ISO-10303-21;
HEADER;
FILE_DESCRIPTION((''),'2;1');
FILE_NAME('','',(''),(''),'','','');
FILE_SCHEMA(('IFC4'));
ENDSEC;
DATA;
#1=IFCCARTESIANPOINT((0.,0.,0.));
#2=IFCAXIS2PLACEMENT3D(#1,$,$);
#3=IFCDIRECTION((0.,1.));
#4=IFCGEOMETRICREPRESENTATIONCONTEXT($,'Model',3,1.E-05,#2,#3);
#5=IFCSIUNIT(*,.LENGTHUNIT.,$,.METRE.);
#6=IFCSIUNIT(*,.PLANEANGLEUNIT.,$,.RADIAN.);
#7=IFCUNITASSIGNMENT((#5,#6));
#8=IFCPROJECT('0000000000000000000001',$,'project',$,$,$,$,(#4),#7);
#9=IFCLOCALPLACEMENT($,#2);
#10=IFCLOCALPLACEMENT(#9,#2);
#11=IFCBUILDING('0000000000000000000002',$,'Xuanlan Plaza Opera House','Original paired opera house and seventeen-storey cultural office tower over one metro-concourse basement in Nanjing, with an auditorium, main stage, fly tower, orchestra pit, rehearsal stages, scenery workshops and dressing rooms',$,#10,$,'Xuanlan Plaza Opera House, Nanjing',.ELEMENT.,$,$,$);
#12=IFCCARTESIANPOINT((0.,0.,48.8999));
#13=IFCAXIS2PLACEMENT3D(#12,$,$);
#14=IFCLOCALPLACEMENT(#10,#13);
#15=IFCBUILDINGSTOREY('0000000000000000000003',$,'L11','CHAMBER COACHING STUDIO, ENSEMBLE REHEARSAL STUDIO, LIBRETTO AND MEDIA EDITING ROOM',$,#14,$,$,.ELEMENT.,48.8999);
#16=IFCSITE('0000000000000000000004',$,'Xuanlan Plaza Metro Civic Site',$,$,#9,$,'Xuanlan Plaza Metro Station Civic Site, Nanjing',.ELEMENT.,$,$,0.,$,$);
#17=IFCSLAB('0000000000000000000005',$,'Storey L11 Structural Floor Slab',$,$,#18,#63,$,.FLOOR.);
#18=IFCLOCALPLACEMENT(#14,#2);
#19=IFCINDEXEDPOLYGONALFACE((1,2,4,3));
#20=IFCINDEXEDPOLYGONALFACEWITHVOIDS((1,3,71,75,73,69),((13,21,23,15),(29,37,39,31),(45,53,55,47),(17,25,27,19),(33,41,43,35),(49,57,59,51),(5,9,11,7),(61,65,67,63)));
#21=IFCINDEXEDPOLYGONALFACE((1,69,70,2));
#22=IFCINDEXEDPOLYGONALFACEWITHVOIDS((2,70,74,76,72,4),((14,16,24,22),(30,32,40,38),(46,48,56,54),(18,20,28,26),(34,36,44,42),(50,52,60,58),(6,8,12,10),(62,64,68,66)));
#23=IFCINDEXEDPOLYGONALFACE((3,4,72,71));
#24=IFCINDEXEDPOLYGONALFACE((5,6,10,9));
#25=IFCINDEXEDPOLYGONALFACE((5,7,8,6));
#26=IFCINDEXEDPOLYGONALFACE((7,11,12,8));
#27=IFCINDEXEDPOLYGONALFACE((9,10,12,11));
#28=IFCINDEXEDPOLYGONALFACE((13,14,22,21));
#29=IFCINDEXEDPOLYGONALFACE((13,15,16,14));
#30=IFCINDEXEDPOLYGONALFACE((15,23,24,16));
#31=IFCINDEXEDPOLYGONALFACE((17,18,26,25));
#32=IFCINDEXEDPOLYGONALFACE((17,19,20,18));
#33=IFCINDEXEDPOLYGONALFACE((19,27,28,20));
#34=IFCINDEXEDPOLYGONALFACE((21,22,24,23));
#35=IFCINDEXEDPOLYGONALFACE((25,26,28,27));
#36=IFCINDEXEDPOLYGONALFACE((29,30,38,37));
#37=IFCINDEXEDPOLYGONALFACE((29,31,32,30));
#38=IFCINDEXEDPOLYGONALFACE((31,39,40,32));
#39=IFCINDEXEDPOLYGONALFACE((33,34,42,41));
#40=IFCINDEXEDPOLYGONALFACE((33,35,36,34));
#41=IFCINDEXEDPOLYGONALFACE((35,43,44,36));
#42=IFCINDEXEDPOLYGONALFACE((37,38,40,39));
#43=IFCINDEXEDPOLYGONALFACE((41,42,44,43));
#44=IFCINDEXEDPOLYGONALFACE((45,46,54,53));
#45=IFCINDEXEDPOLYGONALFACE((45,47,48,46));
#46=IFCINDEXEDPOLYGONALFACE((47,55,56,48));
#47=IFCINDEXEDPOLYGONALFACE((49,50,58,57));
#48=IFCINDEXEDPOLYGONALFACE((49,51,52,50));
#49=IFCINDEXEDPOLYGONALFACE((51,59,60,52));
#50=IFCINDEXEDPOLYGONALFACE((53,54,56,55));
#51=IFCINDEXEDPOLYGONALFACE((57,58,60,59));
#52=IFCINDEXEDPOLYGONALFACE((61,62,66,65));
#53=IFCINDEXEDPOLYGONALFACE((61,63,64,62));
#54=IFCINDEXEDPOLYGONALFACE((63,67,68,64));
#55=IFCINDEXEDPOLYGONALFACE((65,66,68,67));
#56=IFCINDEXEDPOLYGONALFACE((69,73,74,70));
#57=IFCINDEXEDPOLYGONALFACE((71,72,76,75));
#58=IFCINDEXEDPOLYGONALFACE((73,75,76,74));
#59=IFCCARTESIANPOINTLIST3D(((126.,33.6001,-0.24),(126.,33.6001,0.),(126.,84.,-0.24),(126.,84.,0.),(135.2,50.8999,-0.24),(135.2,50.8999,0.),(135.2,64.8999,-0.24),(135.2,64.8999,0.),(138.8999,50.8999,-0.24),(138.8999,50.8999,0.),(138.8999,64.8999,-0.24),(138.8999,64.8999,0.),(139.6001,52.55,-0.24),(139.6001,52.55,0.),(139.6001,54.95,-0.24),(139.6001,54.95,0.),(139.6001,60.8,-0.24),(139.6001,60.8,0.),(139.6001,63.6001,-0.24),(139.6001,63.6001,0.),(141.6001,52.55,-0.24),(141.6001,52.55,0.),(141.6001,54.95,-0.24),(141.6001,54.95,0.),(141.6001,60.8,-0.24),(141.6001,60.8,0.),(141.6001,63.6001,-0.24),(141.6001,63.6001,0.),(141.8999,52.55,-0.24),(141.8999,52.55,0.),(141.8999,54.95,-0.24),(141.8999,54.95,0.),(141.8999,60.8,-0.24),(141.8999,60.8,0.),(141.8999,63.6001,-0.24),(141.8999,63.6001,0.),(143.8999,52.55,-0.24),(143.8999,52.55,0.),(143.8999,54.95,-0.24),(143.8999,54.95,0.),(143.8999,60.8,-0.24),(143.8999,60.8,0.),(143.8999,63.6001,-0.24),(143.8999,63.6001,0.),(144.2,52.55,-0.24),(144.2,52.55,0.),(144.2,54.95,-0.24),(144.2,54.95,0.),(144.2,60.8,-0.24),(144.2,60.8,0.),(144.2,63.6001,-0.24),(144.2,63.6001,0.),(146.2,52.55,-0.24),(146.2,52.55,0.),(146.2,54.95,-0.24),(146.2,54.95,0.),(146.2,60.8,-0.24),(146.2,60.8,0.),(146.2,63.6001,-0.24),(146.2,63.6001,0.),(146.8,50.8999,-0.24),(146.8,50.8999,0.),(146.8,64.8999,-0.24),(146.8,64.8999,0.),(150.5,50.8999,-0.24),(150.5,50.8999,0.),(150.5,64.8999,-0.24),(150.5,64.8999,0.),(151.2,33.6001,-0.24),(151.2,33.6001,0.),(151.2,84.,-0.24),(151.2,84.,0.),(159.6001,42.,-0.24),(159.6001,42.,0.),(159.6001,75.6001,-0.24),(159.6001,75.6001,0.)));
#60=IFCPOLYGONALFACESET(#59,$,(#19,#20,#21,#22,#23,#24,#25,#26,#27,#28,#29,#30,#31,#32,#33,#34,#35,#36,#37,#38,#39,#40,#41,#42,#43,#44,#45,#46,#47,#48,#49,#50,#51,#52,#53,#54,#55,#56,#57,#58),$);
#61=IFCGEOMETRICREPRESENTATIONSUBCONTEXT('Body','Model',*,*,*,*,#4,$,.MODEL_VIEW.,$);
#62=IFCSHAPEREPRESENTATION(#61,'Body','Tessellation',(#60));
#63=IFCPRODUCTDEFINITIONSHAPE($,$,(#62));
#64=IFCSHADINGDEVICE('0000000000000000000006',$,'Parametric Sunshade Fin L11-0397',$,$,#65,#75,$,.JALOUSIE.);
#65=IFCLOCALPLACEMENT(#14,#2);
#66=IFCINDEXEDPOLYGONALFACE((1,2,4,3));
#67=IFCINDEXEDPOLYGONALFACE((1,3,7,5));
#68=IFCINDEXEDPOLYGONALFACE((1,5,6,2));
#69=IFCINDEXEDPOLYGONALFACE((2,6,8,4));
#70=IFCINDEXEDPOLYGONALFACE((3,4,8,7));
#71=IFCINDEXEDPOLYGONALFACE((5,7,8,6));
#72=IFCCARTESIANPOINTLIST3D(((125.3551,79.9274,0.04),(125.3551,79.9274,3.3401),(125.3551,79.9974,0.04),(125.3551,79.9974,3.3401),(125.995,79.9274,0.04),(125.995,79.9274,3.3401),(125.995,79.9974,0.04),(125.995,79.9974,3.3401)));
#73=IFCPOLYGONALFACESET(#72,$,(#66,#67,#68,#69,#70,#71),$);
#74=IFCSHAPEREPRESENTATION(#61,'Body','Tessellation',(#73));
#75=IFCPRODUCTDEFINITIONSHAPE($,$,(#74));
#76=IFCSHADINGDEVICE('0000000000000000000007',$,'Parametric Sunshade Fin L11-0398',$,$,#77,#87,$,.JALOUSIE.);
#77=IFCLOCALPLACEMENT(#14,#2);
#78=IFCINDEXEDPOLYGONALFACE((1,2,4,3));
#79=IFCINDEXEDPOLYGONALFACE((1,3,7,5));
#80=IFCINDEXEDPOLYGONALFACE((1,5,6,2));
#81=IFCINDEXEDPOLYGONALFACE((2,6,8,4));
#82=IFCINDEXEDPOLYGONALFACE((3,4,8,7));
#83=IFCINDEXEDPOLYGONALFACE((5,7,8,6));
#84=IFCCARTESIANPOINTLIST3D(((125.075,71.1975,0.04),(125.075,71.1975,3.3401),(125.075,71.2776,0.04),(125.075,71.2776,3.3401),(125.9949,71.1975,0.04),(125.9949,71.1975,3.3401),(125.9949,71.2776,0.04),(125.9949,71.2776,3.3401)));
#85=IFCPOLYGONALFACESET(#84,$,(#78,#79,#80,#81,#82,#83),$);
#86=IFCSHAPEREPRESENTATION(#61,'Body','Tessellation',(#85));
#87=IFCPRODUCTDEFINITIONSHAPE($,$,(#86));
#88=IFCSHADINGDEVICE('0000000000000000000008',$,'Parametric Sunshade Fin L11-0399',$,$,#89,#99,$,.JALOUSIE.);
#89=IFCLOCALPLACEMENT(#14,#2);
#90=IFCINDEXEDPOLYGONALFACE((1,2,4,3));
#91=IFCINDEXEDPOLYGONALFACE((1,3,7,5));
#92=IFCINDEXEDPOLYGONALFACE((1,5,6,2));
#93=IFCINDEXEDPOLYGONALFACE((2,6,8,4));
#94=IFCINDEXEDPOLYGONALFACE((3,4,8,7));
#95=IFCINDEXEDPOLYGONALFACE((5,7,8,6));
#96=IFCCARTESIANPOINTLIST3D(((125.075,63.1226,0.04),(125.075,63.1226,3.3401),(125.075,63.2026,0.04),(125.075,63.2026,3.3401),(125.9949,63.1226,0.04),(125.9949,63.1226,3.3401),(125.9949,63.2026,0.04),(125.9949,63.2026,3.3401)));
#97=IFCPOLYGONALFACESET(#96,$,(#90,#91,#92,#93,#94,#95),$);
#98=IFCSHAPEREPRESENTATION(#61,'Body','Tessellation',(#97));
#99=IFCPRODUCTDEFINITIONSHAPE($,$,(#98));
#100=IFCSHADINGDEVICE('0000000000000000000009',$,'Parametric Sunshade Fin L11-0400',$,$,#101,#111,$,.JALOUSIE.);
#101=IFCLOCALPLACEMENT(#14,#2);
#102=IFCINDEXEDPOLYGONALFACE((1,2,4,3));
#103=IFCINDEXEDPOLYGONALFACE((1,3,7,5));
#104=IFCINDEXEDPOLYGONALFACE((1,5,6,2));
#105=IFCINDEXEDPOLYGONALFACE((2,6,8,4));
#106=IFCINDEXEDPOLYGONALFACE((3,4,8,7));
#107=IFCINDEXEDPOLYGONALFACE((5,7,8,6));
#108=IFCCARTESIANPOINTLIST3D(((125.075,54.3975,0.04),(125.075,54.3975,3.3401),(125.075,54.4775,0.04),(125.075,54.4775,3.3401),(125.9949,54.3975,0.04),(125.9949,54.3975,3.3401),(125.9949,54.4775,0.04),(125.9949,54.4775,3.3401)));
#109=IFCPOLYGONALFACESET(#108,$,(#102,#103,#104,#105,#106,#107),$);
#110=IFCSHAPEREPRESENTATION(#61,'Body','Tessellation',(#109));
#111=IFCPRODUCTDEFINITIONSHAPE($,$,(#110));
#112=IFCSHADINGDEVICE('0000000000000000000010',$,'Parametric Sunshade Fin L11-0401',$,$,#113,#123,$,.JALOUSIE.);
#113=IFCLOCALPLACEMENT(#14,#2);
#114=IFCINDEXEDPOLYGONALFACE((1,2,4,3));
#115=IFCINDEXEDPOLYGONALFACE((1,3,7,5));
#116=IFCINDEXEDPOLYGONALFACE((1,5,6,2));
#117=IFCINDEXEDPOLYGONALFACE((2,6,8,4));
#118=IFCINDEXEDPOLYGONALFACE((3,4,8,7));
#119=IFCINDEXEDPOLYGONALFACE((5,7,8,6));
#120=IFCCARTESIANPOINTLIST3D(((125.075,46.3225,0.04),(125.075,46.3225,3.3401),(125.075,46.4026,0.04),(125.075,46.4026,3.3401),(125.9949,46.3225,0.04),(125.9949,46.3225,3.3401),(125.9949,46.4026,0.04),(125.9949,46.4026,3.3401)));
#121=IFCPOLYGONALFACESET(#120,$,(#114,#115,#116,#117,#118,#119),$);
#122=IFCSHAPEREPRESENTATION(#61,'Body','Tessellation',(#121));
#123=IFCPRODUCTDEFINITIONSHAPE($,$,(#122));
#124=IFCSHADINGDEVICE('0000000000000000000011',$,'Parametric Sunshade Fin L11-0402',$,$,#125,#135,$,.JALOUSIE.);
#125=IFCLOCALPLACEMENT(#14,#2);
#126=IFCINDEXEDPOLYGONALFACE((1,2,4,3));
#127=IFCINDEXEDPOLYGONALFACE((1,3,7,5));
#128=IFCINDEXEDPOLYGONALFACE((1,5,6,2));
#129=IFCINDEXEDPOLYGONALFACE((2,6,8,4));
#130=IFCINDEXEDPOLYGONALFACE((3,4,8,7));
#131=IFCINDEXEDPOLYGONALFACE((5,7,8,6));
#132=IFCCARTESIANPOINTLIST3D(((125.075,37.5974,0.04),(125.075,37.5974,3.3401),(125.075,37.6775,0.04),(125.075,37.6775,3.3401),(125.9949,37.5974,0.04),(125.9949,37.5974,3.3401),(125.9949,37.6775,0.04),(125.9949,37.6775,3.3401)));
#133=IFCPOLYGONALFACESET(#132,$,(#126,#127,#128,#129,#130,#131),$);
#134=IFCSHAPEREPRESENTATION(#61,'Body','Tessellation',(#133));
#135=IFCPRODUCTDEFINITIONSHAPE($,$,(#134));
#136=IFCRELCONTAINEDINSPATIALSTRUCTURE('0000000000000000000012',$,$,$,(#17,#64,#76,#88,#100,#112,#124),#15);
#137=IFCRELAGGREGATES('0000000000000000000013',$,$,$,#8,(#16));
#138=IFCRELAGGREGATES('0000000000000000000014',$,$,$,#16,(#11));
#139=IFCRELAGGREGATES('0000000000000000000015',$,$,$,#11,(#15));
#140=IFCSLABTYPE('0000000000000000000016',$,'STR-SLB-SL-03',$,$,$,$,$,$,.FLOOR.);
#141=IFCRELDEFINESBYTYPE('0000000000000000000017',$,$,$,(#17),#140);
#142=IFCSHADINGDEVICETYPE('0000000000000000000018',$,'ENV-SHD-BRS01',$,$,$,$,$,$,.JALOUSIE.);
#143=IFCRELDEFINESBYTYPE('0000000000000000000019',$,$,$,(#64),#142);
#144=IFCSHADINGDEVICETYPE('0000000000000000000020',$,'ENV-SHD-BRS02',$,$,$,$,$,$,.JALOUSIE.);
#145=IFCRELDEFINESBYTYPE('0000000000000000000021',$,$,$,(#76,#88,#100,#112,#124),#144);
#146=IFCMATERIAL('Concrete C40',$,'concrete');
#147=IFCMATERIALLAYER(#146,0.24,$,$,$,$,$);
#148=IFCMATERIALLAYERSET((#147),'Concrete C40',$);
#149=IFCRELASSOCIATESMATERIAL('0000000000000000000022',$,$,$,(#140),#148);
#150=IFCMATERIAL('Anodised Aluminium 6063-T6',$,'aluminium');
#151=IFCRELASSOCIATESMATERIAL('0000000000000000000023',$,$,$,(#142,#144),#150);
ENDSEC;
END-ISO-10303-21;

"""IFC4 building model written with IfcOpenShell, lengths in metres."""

from ifc_helpers import new_model, si_unit, direction, frame, origin, origin_2d, place, context, subcontext, project, spatial, polyline, rectangle, outline, extrude, material, layer, layer_set, type_object, element, save


model = new_model("IFC4")

# Units and contexts
model_context = context("Model", 3, precision=1e-05, world=origin(), true_north=direction((0.0, 1.0)))
body_context = subcontext(model_context, "Body", "Model", "MODEL_VIEW")
ifc_project = project(units=[si_unit("LENGTHUNIT", "METRE"), si_unit("PLANEANGLEUNIT", "RADIAN")], contexts=[model_context])

# Site, building, storey
site_placement = place(None, origin())
site = spatial("IfcSite", under=ifc_project, at=site_placement, Name="Xuanlan Plaza Metro Civic Site", LongName="Xuanlan Plaza Metro Station Civic Site, Nanjing", CompositionType="ELEMENT", RefElevation=0.0)
building_placement = place(site_placement, origin())
building = spatial("IfcBuilding", under=site, at=building_placement, Name="Xuanlan Plaza Opera House", Description="Original paired opera house and seventeen-storey cultural office tower over one metro-concourse basement in Nanjing, with an auditorium, main stage, fly tower, orchestra pit, rehearsal stages, scenery workshops and dressing rooms", LongName="Xuanlan Plaza Opera House, Nanjing", CompositionType="ELEMENT")
storey_placement = place(building_placement, frame((0.0, 0.0, 48.8999)))
storey = spatial("IfcBuildingStorey", under=building, at=storey_placement, Name="L11", Description="CHAMBER COACHING STUDIO, ENSEMBLE REHEARSAL STUDIO, LIBRETTO AND MEDIA EDITING ROOM", CompositionType="ELEMENT", Elevation=48.8999)

# Shared definitions
ifc_material_1 = material(Name="Anodised Aluminium 6063-T6", Category="aluminium")

# Shared definitions
ifc_material_2 = material(Name="Concrete C40", Category="concrete")

# Slab
ifc_layer_1 = layer(ifc_material_2, 0.24)
ifc_layer_set_1 = layer_set([ifc_layer_1], Name="Concrete C40")
slab_type_1 = type_object("IfcSlabType", Name="STR-SLB-SL-03", PredefinedType="FLOOR", material=ifc_layer_set_1)
slab_1_placement = place(storey_placement, frame((0.0, 0.0, -0.24)))
element("IfcSlab", 1, at=slab_1_placement, inside=storey, type_object=slab_type_1, Name="Storey L11 Structural Floor Slab", PredefinedType="FLOOR", context=body_context, shape_type="SweptSolid", body=[
    extrude(outline(polyline([(126.0, 33.6001), (151.2, 33.6001), (159.6001, 42.0), (159.6001, 75.6001), (151.2, 84.0), (126.0, 84.0), (126.0, 33.6001)]), holes=[polyline([(135.2, 50.8999), (138.8999, 50.8999), (138.8999, 64.8999), (135.2, 64.8999), (135.2, 50.8999)]), polyline([(146.8, 50.8999), (150.5, 50.8999), (150.5, 64.8999), (146.8, 64.8999), (146.8, 50.8999)]), polyline([(139.6001, 60.8), (141.6001, 60.8), (141.6001, 63.6001), (139.6001, 63.6001), (139.6001, 60.8)]), polyline([(141.8999, 60.8), (143.8999, 60.8), (143.8999, 63.6001), (141.8999, 63.6001), (141.8999, 60.8)]), polyline([(144.2, 60.8), (146.2, 60.8), (146.2, 63.6001), (144.2, 63.6001), (144.2, 60.8)]), polyline([(139.6001, 52.55), (141.6001, 52.55), (141.6001, 54.95), (139.6001, 54.95), (139.6001, 52.55)]), polyline([(141.8999, 52.55), (143.8999, 52.55), (143.8999, 54.95), (141.8999, 54.95), (141.8999, 52.55)]), polyline([(144.2, 52.55), (146.2, 52.55), (146.2, 54.95), (144.2, 54.95), (144.2, 52.55)])]), origin(), (0.0, 0.0, 1.0), 0.24),
])

# Shading devices
shading_device_type_1 = type_object("IfcShadingDeviceType", Name="ENV-SHD-BRS01", PredefinedType="JALOUSIE", material=ifc_material_1)
shading_device_placement = place(storey_placement, frame((125.675, 79.9624, 0.04), z_axis=(0.0, 0.0, 1.0), x_axis=(-1.0, 0.0, 0.0)))
element("IfcShadingDevice", 2, at=shading_device_placement, inside=storey, type_object=shading_device_type_1, Name="Parametric Sunshade Fin L11-0397", PredefinedType="JALOUSIE", context=body_context, shape_type="SweptSolid", body=[
    extrude(rectangle(XDim=0.6399, YDim=0.0701, at=origin_2d()), origin(), (0.0, 0.0, 1.0), 3.3),
])
shading_device_type_2 = type_object("IfcShadingDeviceType", Name="ENV-SHD-BRS02", PredefinedType="JALOUSIE", material=ifc_material_1)
for number, where, z_axis, x_axis, name in (
    (3, (125.5349, 71.2375, 0.04), (0.0, 0.0, 1.0), (-1.0, 0.0, 0.0), "Parametric Sunshade Fin L11-0398"),
    (4, (125.5349, 63.1626, 0.04), (0.0, 0.0, 1.0), (-1.0, 0.0, 0.0), "Parametric Sunshade Fin L11-0399"),
    (5, (125.5349, 54.4375, 0.04), (0.0, 0.0, 1.0), (-1.0, 0.0, 0.0), "Parametric Sunshade Fin L11-0400"),
    (6, (125.5349, 46.3625, 0.04), (0.0, 0.0, 1.0), (-1.0, 0.0, 0.0), "Parametric Sunshade Fin L11-0401"),
    (7, (125.5349, 37.6375, 0.04), (0.0, 0.0, 1.0), (-1.0, 0.0, 0.0), "Parametric Sunshade Fin L11-0402"),
):
    element("IfcShadingDevice", number, at=place(storey_placement, frame(where, z_axis=z_axis, x_axis=x_axis)), inside=storey, type_object=shading_device_type_2, Name=name, PredefinedType="JALOUSIE", context=body_context, shape_type="SweptSolid", body=[
        extrude(rectangle(XDim=0.9199, YDim=0.0801, at=origin_2d()), origin(), (0.0, 0.0, 1.0), 3.3),
    ])

save(model, "model.ifc")
